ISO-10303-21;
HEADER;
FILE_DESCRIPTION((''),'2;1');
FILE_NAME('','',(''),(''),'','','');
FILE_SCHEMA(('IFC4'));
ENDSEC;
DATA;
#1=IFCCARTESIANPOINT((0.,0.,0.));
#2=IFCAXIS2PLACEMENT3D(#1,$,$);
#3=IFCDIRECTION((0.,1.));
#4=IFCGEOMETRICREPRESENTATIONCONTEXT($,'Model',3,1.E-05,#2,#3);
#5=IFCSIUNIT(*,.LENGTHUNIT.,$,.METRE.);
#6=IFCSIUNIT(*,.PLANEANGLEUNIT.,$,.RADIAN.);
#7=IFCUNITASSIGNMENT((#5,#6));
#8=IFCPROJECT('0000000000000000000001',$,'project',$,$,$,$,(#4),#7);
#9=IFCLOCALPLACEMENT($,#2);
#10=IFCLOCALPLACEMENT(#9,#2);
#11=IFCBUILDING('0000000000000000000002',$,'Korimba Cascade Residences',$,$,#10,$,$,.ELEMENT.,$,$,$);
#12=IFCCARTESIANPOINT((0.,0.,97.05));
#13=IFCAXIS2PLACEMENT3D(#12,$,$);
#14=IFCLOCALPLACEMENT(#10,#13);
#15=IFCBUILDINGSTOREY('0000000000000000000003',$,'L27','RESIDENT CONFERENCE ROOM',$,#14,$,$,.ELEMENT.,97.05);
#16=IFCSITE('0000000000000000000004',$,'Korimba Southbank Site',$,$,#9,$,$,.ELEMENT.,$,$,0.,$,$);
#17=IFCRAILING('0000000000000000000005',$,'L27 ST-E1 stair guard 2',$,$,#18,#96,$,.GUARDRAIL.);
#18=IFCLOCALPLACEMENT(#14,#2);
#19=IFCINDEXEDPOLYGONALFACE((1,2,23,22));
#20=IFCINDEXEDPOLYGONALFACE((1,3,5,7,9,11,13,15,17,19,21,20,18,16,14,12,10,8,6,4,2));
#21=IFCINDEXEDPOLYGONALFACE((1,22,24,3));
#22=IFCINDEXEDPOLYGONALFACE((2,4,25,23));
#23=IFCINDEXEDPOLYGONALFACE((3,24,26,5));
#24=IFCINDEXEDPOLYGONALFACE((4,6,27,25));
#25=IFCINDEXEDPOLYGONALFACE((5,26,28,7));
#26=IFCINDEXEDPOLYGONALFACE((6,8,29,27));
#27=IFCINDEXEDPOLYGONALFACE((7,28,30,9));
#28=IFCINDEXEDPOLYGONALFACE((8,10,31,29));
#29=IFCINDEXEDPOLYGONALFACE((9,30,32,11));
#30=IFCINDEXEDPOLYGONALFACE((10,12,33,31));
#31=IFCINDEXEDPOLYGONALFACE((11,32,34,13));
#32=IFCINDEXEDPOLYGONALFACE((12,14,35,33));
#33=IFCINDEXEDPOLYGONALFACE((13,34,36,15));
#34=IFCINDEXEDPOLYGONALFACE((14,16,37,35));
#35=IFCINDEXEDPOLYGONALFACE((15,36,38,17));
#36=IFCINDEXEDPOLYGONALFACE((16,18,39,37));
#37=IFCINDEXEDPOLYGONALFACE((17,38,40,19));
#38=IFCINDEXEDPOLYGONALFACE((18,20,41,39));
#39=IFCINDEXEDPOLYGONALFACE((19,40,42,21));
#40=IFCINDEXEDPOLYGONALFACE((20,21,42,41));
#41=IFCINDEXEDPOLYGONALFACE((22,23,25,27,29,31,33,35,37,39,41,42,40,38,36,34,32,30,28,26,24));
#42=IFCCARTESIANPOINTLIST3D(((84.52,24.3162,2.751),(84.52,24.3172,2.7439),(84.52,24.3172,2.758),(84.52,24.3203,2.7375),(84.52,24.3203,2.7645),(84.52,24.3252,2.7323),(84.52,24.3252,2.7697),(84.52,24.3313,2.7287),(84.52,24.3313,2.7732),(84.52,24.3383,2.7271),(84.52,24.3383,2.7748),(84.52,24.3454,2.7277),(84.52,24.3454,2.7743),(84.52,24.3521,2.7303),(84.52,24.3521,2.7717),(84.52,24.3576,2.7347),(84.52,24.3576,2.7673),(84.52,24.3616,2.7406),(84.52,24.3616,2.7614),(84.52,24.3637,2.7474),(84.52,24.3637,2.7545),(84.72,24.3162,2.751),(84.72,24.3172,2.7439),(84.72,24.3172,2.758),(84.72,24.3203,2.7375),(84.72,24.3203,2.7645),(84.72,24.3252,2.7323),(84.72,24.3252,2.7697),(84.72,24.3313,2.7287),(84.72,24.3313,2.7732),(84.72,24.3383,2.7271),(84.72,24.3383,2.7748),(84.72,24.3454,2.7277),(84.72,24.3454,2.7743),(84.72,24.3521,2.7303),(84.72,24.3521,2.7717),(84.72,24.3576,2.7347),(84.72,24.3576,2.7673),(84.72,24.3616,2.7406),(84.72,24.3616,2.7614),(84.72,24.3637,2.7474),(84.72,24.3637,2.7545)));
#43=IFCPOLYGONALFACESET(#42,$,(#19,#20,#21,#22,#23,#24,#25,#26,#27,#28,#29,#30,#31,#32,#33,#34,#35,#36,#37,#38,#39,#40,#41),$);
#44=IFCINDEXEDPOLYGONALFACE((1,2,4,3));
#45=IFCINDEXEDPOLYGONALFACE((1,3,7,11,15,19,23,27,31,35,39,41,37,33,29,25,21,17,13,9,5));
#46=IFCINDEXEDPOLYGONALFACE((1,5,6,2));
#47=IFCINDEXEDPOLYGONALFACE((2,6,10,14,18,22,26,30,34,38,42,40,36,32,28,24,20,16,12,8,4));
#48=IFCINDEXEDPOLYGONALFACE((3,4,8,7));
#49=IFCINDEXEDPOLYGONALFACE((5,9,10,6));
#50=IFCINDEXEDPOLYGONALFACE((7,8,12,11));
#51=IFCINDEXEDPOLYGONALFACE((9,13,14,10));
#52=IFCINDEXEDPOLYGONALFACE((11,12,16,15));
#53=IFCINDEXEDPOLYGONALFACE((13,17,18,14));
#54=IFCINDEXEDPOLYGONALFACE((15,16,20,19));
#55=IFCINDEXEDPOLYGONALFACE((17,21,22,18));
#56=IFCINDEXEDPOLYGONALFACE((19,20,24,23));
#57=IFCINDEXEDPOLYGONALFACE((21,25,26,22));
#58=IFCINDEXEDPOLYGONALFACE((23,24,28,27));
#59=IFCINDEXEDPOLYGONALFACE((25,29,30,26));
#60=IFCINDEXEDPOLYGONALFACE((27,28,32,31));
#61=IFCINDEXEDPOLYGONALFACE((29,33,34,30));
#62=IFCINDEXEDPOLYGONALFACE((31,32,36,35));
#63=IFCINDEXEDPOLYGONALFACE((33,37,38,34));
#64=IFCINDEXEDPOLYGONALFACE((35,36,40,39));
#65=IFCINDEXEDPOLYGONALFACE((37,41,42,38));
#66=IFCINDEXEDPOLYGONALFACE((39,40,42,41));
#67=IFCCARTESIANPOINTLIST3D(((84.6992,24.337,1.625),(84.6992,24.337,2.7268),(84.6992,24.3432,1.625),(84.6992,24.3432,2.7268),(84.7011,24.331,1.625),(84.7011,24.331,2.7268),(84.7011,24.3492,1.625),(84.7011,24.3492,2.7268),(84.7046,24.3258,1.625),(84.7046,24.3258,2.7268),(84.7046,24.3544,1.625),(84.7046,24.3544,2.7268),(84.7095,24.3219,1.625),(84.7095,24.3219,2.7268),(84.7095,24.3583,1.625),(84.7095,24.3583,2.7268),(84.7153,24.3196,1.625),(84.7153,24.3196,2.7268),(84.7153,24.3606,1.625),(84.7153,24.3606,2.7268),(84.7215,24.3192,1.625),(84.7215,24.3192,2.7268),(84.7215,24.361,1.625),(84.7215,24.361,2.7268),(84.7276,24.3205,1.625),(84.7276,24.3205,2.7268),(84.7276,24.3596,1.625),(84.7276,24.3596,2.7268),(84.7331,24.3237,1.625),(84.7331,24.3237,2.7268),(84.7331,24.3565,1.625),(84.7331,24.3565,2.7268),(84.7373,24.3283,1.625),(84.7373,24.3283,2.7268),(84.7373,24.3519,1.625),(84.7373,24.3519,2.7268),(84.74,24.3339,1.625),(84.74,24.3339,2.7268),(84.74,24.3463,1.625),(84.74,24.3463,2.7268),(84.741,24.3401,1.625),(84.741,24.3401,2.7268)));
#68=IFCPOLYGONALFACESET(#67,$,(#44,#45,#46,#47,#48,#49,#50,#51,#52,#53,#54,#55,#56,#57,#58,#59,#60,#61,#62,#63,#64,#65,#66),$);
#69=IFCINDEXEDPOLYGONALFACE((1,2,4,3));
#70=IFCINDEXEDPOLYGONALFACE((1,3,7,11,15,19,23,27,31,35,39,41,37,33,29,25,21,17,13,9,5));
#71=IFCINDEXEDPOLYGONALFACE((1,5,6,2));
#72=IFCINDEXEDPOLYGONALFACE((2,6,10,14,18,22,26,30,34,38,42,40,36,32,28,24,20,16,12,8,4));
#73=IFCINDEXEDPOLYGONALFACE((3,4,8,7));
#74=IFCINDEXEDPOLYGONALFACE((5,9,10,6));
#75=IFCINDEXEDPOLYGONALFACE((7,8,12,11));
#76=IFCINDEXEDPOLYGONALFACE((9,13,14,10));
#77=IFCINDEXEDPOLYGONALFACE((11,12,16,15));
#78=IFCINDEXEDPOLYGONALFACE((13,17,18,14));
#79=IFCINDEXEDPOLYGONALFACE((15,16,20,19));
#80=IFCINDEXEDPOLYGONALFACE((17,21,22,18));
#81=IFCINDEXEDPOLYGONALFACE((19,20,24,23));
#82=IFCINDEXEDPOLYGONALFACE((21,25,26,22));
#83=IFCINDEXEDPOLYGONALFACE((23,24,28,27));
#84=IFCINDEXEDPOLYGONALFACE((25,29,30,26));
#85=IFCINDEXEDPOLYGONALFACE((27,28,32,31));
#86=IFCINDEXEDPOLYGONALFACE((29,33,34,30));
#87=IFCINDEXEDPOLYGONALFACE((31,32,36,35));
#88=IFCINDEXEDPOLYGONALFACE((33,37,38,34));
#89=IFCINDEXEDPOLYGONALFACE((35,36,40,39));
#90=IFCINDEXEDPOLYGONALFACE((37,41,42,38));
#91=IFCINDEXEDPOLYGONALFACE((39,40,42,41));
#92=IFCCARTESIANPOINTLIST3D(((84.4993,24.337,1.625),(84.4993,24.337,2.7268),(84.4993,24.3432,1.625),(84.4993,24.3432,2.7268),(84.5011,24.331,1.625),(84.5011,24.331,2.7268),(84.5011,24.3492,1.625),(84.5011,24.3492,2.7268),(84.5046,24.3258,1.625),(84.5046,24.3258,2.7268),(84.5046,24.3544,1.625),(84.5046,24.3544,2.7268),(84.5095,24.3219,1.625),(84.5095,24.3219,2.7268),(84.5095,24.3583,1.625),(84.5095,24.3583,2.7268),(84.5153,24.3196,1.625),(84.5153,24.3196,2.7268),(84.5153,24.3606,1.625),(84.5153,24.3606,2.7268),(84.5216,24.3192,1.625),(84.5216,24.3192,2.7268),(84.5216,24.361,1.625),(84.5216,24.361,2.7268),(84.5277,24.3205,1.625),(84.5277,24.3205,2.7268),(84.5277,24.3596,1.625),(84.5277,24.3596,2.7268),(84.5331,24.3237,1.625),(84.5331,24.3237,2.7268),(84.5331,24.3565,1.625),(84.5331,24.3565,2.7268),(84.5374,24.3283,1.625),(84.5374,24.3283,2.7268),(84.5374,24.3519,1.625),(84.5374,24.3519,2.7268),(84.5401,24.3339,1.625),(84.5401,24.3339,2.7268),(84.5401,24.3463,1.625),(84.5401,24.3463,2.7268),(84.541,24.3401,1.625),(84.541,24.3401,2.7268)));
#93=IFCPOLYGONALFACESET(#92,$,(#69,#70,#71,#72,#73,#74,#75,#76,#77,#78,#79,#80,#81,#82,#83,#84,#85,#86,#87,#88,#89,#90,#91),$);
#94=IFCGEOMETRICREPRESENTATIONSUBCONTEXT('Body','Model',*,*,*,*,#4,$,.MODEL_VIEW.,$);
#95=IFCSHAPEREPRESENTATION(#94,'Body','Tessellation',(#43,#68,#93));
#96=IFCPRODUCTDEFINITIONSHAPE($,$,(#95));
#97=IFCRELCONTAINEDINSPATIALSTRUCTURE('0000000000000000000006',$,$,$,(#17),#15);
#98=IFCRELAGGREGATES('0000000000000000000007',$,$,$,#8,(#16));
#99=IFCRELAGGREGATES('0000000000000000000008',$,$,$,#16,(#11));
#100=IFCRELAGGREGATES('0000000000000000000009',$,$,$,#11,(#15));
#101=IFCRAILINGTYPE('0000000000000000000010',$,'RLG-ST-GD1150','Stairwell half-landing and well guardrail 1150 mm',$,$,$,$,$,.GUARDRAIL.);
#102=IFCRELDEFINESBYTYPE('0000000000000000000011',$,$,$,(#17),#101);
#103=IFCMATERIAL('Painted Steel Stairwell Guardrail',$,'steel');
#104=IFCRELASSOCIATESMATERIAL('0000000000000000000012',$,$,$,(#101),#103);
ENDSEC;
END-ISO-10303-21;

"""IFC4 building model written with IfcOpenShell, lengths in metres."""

from ifc_helpers import new_model, si_unit, direction, frame, origin, origin_2d, place, context, subcontext, project, spatial, circle, extrude, material, type_object, element, save


model = new_model("IFC4")

# Units and contexts
model_context = context("Model", 3, precision=1e-05, world=origin(), true_north=direction((0.0, 1.0)))
body_context = subcontext(model_context, "Body", "Model", "MODEL_VIEW")
ifc_project = project(units=[si_unit("LENGTHUNIT", "METRE"), si_unit("PLANEANGLEUNIT", "RADIAN")], contexts=[model_context])

# Site, building, storey
site_placement = place(None, origin())
site = spatial("IfcSite", under=ifc_project, at=site_placement, Name="Korimba Southbank Site", CompositionType="ELEMENT", RefElevation=0.0)
building_placement = place(site_placement, origin())
building = spatial("IfcBuilding", under=site, at=building_placement, Name="Korimba Cascade Residences", CompositionType="ELEMENT")
storey_placement = place(building_placement, frame((0.0, 0.0, 97.05)))
storey = spatial("IfcBuildingStorey", under=building, at=storey_placement, Name="L27", Description="RESIDENT CONFERENCE ROOM", CompositionType="ELEMENT", Elevation=97.05)

# Railing
ifc_material_1 = material(Name="Painted Steel Stairwell Guardrail", Category="steel")
railing_type_1 = type_object("IfcRailingType", Name="RLG-ST-GD1150", Description="Stairwell half-landing and well guardrail 1150 mm", PredefinedType="GUARDRAIL", material=ifc_material_1)
railing_1_placement = place(storey_placement, frame((84.72, 24.3401, 1.625)))
element("IfcRailing", 1, at=railing_1_placement, inside=storey, type_object=railing_type_1, Name="L27 ST-E1 stair guard 2", PredefinedType="GUARDRAIL", context=body_context, shape_type="SweptSolid", body=[
    extrude(circle(Radius=0.0239, at=origin_2d()), frame((0.0, 0.0, 1.126), z_axis=(-1.0, 0.0, 0.0), x_axis=(0.0, -1.0, 0.0)), (0.0, 0.0, 1.0), 0.2),
    extrude(circle(Radius=0.021, at=origin_2d()), origin(), (0.0, 0.0, 1.0), 1.1018),
    extrude(circle(Radius=0.021, at=origin_2d()), frame((-0.2, 0.0, 0.0)), (0.0, 0.0, 1.0), 1.1018),
])

save(model, "model.ifc")
